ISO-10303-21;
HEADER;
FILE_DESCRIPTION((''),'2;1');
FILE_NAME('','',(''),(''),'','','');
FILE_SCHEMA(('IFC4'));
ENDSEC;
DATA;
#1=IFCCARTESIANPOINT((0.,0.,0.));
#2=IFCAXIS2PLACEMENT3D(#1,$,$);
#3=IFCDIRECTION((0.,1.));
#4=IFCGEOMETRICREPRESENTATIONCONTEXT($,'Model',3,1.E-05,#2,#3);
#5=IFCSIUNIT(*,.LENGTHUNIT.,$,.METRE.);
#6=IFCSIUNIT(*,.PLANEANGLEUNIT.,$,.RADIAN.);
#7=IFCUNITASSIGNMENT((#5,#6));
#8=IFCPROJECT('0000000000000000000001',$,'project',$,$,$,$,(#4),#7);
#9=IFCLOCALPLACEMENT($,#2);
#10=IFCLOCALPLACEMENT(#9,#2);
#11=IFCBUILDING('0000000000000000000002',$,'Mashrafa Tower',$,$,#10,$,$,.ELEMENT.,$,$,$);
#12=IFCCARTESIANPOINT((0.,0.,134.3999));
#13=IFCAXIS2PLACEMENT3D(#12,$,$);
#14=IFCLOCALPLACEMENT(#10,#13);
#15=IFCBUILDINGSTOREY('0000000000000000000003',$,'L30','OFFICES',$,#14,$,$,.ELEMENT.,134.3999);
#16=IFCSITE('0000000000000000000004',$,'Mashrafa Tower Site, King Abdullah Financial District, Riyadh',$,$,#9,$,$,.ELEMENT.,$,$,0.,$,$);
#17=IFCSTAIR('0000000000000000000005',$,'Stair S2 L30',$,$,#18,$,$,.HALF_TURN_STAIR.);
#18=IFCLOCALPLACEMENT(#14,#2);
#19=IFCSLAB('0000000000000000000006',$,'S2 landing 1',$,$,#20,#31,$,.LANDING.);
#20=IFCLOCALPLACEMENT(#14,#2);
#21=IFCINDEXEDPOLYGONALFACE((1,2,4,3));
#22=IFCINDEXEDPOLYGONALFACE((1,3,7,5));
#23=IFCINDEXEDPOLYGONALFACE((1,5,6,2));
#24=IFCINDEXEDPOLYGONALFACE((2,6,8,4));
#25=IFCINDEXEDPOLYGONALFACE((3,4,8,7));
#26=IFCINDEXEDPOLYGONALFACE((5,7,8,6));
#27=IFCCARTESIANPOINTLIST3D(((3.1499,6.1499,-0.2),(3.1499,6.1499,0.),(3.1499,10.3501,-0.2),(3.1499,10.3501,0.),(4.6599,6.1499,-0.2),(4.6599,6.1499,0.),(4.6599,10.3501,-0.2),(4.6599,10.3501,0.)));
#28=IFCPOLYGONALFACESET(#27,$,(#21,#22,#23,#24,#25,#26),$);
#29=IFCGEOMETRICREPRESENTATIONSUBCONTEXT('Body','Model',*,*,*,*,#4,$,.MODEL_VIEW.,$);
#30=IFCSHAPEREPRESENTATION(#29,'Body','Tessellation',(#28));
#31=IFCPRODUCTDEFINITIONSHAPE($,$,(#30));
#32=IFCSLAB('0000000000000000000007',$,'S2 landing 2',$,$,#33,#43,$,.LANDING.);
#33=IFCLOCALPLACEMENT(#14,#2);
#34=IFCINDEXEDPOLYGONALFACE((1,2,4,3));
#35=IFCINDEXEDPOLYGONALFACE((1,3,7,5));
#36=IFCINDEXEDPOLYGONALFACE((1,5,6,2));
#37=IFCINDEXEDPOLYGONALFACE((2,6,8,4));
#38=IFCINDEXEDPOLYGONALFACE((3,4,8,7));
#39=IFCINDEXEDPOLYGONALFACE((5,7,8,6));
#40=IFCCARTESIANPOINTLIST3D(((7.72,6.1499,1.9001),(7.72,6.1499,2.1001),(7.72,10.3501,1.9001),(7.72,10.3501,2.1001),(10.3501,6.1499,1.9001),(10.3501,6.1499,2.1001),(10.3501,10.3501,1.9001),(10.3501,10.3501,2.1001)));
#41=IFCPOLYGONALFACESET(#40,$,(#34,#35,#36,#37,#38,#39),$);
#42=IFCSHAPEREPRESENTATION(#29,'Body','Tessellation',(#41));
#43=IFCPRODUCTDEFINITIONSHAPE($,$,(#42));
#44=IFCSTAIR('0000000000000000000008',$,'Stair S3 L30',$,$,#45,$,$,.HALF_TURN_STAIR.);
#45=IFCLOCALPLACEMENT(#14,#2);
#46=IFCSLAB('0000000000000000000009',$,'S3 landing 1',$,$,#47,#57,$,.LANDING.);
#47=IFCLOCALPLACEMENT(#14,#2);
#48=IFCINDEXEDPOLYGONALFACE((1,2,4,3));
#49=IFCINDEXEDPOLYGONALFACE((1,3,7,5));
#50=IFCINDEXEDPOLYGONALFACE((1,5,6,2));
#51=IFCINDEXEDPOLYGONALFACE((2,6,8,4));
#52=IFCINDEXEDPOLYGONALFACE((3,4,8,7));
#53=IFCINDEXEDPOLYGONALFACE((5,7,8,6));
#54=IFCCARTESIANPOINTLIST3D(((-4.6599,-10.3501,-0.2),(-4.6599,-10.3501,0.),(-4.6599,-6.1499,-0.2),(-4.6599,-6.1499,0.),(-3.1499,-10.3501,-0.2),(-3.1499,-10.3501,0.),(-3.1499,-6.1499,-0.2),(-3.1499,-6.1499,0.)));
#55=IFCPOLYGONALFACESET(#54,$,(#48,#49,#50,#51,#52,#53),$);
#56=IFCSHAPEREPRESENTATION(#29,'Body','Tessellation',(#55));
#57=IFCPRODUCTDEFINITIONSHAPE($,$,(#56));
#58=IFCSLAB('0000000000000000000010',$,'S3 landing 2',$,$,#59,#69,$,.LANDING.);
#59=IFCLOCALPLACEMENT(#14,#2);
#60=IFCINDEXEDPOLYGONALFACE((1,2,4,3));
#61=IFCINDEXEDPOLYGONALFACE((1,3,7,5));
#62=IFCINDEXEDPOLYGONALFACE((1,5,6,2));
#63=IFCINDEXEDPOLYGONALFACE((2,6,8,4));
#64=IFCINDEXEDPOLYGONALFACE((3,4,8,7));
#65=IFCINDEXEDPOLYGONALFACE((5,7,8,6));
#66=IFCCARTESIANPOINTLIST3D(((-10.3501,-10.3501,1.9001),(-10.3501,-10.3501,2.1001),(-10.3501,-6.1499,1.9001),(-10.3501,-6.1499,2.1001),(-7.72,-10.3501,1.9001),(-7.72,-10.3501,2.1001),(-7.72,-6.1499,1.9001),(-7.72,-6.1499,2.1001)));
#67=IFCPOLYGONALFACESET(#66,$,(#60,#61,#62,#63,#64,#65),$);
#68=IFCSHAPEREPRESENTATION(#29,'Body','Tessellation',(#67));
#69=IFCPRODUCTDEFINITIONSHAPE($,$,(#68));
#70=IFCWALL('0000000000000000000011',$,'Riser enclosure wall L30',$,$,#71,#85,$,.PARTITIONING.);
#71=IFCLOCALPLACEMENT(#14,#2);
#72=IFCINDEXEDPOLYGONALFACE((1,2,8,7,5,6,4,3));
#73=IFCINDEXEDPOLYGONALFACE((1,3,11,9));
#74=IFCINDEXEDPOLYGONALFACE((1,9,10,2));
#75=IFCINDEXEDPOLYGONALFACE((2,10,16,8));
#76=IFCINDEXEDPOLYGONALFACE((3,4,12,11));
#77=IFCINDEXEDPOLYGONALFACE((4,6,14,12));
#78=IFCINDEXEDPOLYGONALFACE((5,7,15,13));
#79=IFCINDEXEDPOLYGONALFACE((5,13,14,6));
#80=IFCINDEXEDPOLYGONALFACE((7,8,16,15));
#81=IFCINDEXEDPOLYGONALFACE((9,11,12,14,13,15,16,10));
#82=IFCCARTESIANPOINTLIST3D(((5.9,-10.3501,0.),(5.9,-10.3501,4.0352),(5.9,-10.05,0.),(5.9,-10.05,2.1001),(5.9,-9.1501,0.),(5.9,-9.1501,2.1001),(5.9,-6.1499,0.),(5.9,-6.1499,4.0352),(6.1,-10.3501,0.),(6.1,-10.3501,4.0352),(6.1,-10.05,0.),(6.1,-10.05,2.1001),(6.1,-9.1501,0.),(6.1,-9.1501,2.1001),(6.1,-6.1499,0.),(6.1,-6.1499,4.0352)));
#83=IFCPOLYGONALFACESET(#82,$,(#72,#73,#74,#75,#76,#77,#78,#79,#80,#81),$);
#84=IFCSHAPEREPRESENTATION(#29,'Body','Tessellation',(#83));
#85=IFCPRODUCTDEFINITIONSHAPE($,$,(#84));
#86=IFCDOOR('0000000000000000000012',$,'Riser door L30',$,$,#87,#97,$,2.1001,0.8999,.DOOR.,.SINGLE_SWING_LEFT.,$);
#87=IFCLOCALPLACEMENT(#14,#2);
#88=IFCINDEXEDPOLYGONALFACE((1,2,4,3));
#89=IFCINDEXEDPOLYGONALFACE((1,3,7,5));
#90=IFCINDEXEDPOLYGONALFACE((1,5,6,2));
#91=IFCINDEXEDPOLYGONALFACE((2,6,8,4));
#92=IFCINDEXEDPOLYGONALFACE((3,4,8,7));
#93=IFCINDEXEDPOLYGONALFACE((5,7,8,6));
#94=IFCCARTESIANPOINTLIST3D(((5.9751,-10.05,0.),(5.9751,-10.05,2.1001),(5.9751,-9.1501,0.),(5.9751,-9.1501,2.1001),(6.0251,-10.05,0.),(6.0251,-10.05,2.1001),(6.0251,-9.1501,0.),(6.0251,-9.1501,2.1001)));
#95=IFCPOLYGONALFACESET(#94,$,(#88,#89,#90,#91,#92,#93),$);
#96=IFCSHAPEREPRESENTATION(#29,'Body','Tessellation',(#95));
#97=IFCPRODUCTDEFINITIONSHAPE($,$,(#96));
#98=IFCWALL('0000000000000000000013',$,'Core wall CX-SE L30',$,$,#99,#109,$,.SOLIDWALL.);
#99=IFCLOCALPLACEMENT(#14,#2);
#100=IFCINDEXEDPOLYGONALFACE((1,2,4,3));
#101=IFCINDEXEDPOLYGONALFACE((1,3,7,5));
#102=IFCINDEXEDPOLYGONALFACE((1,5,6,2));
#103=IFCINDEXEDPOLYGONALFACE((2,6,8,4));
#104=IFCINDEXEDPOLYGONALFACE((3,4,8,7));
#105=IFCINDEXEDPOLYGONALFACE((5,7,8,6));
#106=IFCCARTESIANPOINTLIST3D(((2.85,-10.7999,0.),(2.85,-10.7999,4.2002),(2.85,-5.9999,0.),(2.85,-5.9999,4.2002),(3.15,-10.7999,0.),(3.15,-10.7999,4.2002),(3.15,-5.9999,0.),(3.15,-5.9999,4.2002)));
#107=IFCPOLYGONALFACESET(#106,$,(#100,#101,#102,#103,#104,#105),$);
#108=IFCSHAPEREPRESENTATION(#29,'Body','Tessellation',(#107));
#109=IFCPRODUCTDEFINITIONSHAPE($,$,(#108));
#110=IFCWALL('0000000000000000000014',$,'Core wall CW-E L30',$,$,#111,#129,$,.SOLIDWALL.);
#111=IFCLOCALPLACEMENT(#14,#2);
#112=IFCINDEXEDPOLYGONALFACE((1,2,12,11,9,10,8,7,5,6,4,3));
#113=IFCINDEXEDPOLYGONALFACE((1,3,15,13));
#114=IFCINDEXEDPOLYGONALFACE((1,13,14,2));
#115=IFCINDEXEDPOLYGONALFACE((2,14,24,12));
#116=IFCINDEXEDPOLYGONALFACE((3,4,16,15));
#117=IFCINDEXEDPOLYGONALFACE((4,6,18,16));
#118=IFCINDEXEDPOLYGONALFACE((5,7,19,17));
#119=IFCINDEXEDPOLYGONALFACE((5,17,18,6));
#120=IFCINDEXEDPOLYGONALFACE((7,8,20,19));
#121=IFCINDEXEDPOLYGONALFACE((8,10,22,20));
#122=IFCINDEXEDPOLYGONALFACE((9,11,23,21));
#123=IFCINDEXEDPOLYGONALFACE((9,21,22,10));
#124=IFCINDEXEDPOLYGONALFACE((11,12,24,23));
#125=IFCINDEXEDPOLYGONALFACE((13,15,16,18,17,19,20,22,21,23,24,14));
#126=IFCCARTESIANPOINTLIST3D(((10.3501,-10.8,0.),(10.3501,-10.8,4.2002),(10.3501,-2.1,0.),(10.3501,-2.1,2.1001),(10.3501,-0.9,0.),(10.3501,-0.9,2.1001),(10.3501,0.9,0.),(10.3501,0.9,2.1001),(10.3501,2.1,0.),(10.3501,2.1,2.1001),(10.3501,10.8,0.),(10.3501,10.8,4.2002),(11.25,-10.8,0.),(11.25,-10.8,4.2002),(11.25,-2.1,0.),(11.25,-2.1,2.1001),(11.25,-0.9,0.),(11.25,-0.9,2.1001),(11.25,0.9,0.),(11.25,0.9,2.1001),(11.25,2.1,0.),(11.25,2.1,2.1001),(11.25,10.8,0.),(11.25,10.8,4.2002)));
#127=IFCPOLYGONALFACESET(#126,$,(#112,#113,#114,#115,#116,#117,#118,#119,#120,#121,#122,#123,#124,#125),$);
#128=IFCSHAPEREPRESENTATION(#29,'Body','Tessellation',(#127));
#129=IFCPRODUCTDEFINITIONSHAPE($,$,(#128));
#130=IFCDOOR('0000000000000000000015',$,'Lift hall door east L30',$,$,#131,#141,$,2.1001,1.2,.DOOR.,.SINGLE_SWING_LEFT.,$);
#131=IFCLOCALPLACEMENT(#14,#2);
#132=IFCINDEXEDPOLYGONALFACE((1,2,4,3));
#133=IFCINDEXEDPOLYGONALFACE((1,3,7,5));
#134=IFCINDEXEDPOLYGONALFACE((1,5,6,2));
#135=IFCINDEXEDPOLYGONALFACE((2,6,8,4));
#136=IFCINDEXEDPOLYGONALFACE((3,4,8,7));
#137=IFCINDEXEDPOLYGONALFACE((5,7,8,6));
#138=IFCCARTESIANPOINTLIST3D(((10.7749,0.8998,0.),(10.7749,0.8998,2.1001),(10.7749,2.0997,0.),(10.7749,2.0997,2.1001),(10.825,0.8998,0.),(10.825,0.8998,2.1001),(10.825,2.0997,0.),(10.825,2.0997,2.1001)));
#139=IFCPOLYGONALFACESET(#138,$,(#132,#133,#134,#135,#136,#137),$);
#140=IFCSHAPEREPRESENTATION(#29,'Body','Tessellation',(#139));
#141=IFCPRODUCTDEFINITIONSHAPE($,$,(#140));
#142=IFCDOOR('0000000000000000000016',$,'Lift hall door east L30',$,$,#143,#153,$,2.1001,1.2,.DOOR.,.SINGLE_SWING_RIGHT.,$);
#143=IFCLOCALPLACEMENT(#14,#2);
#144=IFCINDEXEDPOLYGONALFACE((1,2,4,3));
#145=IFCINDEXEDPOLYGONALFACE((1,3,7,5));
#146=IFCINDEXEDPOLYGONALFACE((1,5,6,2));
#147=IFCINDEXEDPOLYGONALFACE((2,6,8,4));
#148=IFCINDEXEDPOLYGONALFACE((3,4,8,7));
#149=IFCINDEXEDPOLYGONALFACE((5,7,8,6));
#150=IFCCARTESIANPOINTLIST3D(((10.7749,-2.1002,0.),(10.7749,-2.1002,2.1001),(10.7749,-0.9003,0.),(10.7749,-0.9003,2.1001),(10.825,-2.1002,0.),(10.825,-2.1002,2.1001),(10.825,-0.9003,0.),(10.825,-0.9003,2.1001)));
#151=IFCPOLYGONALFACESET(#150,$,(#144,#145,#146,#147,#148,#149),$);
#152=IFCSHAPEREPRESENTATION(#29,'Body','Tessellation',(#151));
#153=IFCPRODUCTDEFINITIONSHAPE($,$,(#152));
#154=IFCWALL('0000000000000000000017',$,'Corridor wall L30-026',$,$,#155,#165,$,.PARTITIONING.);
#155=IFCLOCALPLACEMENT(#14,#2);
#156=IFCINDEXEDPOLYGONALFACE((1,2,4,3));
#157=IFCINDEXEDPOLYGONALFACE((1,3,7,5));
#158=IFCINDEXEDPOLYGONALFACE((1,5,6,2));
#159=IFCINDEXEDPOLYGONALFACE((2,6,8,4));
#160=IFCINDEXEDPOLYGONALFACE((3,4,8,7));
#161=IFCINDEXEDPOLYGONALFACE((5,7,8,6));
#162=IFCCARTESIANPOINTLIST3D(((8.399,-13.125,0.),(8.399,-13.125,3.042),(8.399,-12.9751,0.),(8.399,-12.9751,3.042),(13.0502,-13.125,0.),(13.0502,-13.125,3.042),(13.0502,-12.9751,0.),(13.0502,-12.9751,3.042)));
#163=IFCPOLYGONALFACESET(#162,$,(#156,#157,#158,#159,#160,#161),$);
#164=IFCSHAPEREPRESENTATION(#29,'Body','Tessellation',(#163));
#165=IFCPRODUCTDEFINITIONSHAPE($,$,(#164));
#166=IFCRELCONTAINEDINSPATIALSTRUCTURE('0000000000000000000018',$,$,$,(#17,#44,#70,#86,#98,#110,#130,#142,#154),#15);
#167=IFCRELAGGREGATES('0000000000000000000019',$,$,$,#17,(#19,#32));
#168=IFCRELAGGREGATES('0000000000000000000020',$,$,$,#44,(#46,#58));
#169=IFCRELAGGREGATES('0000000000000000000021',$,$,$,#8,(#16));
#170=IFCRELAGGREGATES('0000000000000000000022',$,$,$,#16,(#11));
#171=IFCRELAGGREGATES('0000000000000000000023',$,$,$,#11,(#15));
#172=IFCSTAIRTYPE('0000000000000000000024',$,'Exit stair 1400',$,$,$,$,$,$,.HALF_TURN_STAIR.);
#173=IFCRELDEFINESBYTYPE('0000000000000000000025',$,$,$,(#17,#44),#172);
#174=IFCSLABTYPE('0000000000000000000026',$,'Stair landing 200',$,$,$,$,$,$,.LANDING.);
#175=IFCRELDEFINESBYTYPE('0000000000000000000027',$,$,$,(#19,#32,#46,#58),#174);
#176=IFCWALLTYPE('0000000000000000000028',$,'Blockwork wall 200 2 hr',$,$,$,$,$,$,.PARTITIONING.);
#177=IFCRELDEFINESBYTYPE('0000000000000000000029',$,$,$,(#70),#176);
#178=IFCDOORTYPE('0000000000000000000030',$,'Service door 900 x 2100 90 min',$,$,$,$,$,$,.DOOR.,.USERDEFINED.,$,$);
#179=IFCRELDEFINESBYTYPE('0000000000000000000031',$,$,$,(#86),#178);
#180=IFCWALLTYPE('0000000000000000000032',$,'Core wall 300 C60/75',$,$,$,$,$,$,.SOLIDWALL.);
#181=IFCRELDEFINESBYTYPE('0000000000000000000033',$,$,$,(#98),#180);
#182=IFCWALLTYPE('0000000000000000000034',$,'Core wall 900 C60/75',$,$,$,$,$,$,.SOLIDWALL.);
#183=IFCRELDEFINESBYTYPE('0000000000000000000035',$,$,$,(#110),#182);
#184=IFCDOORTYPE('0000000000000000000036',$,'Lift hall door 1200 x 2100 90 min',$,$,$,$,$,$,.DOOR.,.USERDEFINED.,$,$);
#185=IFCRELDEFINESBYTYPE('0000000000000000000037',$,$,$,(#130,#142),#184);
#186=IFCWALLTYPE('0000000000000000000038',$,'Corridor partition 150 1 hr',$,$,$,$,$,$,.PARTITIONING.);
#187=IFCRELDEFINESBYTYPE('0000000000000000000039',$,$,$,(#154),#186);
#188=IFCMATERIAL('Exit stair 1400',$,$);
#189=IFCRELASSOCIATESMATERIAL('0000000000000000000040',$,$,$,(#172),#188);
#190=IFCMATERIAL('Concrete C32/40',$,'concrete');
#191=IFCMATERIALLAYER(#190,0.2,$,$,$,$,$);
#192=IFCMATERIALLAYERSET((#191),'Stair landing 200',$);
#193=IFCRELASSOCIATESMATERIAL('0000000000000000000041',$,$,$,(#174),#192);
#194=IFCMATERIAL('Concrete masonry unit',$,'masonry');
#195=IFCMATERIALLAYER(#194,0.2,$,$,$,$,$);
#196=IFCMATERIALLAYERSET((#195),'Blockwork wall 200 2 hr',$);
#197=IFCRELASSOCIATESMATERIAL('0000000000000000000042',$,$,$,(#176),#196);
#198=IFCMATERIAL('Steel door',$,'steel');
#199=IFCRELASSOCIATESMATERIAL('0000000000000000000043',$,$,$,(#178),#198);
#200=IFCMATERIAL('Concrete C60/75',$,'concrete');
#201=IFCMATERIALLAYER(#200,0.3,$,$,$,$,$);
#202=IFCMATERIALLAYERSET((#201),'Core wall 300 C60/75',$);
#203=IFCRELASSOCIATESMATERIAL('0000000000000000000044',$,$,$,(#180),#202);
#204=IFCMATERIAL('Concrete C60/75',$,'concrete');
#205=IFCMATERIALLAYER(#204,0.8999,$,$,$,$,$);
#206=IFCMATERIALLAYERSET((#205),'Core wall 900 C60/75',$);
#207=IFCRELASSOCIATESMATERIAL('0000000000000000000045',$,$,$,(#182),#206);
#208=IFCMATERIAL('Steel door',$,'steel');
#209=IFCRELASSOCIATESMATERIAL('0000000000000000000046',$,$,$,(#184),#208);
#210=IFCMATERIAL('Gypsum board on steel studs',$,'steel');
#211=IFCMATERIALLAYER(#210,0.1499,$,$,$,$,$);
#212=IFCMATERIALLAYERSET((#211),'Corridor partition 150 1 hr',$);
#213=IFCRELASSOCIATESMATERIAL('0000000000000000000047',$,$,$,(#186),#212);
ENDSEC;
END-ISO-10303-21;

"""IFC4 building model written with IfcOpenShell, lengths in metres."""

from ifc_helpers import new_model, si_unit, direction, frame, frame_2d, origin, place, context, subcontext, project, spatial, polyline, rectangle, outline, extrude, material, layer, layer_set, type_object, element, fill, aggregate, save


model = new_model("IFC4")

# Units and contexts
model_context = context("Model", 3, precision=1e-05, world=origin(), true_north=direction((0.0, 1.0)))
body_context = subcontext(model_context, "Body", "Model", "MODEL_VIEW")
ifc_project = project(units=[si_unit("LENGTHUNIT", "METRE"), si_unit("PLANEANGLEUNIT", "RADIAN")], contexts=[model_context])

# Site, building, storey
site_placement = place(None, origin())
site = spatial("IfcSite", under=ifc_project, at=site_placement, Name="Mashrafa Tower Site, King Abdullah Financial District, Riyadh", CompositionType="ELEMENT", RefElevation=0.0)
building_placement = place(site_placement, origin())
building = spatial("IfcBuilding", under=site, at=building_placement, Name="Mashrafa Tower", CompositionType="ELEMENT")
storey_placement = place(building_placement, frame((0.0, 0.0, 134.3999)))
storey = spatial("IfcBuildingStorey", under=building, at=storey_placement, Name="L30", Description="OFFICES", CompositionType="ELEMENT", Elevation=134.3999)

# Stairs, slabs
ifc_material_1 = material(Name="Exit stair 1400")
stair_type = type_object("IfcStairType", Name="Exit stair 1400", PredefinedType="HALF_TURN_STAIR", material=ifc_material_1)
ifc_material_2 = material(Name="Concrete C32/40", Category="concrete")
ifc_layer_1 = layer(ifc_material_2, 0.2)
ifc_layer_set_1 = layer_set([ifc_layer_1], Name="Stair landing 200")
slab_type = type_object("IfcSlabType", Name="Stair landing 200", PredefinedType="LANDING", material=ifc_layer_set_1)
stair_1_placement = place(storey_placement, origin())
stair_1 = element("IfcStair", 1, at=stair_1_placement, inside=storey, type_object=stair_type, Name="Stair S2 L30", PredefinedType="HALF_TURN_STAIR")
slab_1_placement = place(storey_placement, frame((0.0, 0.0, -0.2)))
slab_1 = element("IfcSlab", 2, at=slab_1_placement, type_object=slab_type, Name="S2 landing 1", PredefinedType="LANDING", context=body_context, shape_type="SweptSolid", body=[
    extrude(outline(polyline([(3.1499, 6.1499), (4.6599, 6.1499), (4.6599, 10.3501), (3.1499, 10.3501), (3.1499, 6.1499)])), origin(), (0.0, 0.0, 1.0), 0.2),
])
slab_2_placement = place(storey_placement, frame((0.0, 0.0, 1.9001)))
slab_2 = element("IfcSlab", 3, at=slab_2_placement, type_object=slab_type, Name="S2 landing 2", PredefinedType="LANDING", context=body_context, shape_type="SweptSolid", body=[
    extrude(outline(polyline([(7.72, 6.1499), (10.3501, 6.1499), (10.3501, 10.3501), (7.72, 10.3501), (7.72, 6.1499)])), origin(), (0.0, 0.0, 1.0), 0.2),
])
aggregate(stair_1, [slab_1, slab_2])
stair_2_placement = place(storey_placement, origin())
stair_2 = element("IfcStair", 4, at=stair_2_placement, inside=storey, type_object=stair_type, Name="Stair S3 L30", PredefinedType="HALF_TURN_STAIR")
slab_3_placement = place(storey_placement, frame((0.0, 0.0, -0.2)))
slab_3 = element("IfcSlab", 5, at=slab_3_placement, type_object=slab_type, Name="S3 landing 1", PredefinedType="LANDING", context=body_context, shape_type="SweptSolid", body=[
    extrude(outline(polyline([(-4.6599, -10.3501), (-3.1499, -10.3501), (-3.1499, -6.1499), (-4.6599, -6.1499), (-4.6599, -10.3501)])), origin(), (0.0, 0.0, 1.0), 0.2),
])
slab_4_placement = place(storey_placement, frame((0.0, 0.0, 1.9001)))
slab_4 = element("IfcSlab", 6, at=slab_4_placement, type_object=slab_type, Name="S3 landing 2", PredefinedType="LANDING", context=body_context, shape_type="SweptSolid", body=[
    extrude(outline(polyline([(-10.3501, -10.3501), (-7.72, -10.3501), (-7.72, -6.1499), (-10.3501, -6.1499), (-10.3501, -10.3501)])), origin(), (0.0, 0.0, 1.0), 0.2),
])
aggregate(stair_2, [slab_3, slab_4])

# Wall, opening, door
ifc_material_3 = material(Name="Concrete masonry unit", Category="masonry")
ifc_layer_2 = layer(ifc_material_3, 0.2)
ifc_layer_set_2 = layer_set([ifc_layer_2], Name="Blockwork wall 200 2 hr")
wall_type_1 = type_object("IfcWallType", Name="Blockwork wall 200 2 hr", PredefinedType="PARTITIONING", material=ifc_layer_set_2)
wall_1_placement = place(storey_placement, frame((6.0, -10.3501, 0.0), z_axis=(0.0, 0.0, 1.0), x_axis=(0.0, 1.0, 0.0)))
wall_1 = element("IfcWall", 7, at=wall_1_placement, inside=storey, type_object=wall_type_1, Name="Riser enclosure wall L30", PredefinedType="PARTITIONING", context=body_context, shape_type="SweptSolid", body=[
    extrude(rectangle(XDim=4.2002, YDim=0.2, at=frame_2d((2.1001, 0.0))), origin(), (0.0, 0.0, 1.0), 4.0352),
])
opening_1_placement = place(wall_1_placement, frame((0.3, 0.0, 0.0)))
opening_1 = element("IfcOpeningElement", 8, at=opening_1_placement, cuts=wall_1, PredefinedType="OPENING", context=body_context, shape_type="SweptSolid", body=[
    extrude(rectangle(XDim=0.8999, YDim=2.1001, at=frame_2d((0.45, 1.05))), frame((0.0, 0.1099, 0.0), z_axis=(0.0, -1.0, 0.0), x_axis=(1.0, 0.0, 0.0)), (0.0, 0.0, 1.0), 0.22),
])
ifc_material_4 = material(Name="Steel door", Category="steel")
door_type_1 = type_object("IfcDoorType", Name="Service door 900 x 2100 90 min", OperationType="USERDEFINED", PredefinedType="DOOR", material=ifc_material_4)
door_1_placement = place(opening_1_placement, origin())
door_1 = element("IfcDoor", 9, at=door_1_placement, inside=storey, type_object=door_type_1, Name="Riser door L30", OperationType="SINGLE_SWING_LEFT", OverallHeight=2.1001, OverallWidth=0.8999, PredefinedType="DOOR", context=body_context, shape_type="SweptSolid", body=[
    extrude(rectangle(XDim=0.8999, YDim=2.1001, at=frame_2d((0.45, 1.05))), frame((0.0, 0.0249, 0.0), z_axis=(0.0, -1.0, 0.0), x_axis=(1.0, 0.0, 0.0)), (0.0, 0.0, 1.0), 0.05),
])
fill(opening_1, door_1)

# Wall
ifc_material_5 = material(Name="Concrete C60/75", Category="concrete")
ifc_layer_3 = layer(ifc_material_5, 0.3)
ifc_layer_set_3 = layer_set([ifc_layer_3], Name="Core wall 300 C60/75")
wall_type_2 = type_object("IfcWallType", Name="Core wall 300 C60/75", PredefinedType="SOLIDWALL", material=ifc_layer_set_3)
wall_2_placement = place(storey_placement, frame((3.0, -6.0, 0.0), z_axis=(0.0, 0.0, 1.0), x_axis=(0.0, -1.0, 0.0)))
element("IfcWall", 10, at=wall_2_placement, inside=storey, type_object=wall_type_2, Name="Core wall CX-SE L30", PredefinedType="SOLIDWALL", context=body_context, shape_type="SweptSolid", body=[
    extrude(rectangle(XDim=4.8, YDim=0.3, at=frame_2d((2.3999, 0.0))), origin(), (0.0, 0.0, 1.0), 4.2002),
])

# Wall, openings, doors
ifc_material_6 = material(Name="Concrete C60/75", Category="concrete")
ifc_layer_4 = layer(ifc_material_6, 0.8999)
ifc_layer_set_4 = layer_set([ifc_layer_4], Name="Core wall 900 C60/75")
wall_type_3 = type_object("IfcWallType", Name="Core wall 900 C60/75", PredefinedType="SOLIDWALL", material=ifc_layer_set_4)
wall_3_placement = place(storey_placement, frame((10.8, -10.8, 0.0), z_axis=(0.0, 0.0, 1.0), x_axis=(0.0, 1.0, 0.0)))
wall_3 = element("IfcWall", 11, at=wall_3_placement, inside=storey, type_object=wall_type_3, Name="Core wall CW-E L30", PredefinedType="SOLIDWALL", context=body_context, shape_type="SweptSolid", body=[
    extrude(rectangle(XDim=21.6001, YDim=0.8999, at=frame_2d((10.8, 0.0))), origin(), (0.0, 0.0, 1.0), 4.2002),
])
opening_2_placement = place(wall_3_placement, frame((11.7, 0.0, 0.0)))
opening_2 = element("IfcOpeningElement", 12, at=opening_2_placement, cuts=wall_3, PredefinedType="OPENING", context=body_context, shape_type="SweptSolid", body=[
    extrude(rectangle(XDim=1.2, YDim=2.1001, at=frame_2d((0.6001, 1.05))), frame((0.0, 0.46, 0.0), z_axis=(0.0, -1.0, 0.0), x_axis=(1.0, 0.0, 0.0)), (0.0, 0.0, 1.0), 0.9199),
])
opening_3_placement = place(wall_3_placement, frame((8.7, 0.0, 0.0)))
opening_3 = element("IfcOpeningElement", 13, at=opening_3_placement, cuts=wall_3, PredefinedType="OPENING", context=body_context, shape_type="SweptSolid", body=[
    extrude(rectangle(XDim=1.2, YDim=2.1001, at=frame_2d((0.6001, 1.05))), frame((0.0, 0.46, 0.0), z_axis=(0.0, -1.0, 0.0), x_axis=(1.0, 0.0, 0.0)), (0.0, 0.0, 1.0), 0.9199),
])
ifc_material_7 = material(Name="Steel door", Category="steel")
door_type_2 = type_object("IfcDoorType", Name="Lift hall door 1200 x 2100 90 min", OperationType="USERDEFINED", PredefinedType="DOOR", material=ifc_material_7)
door_2_placement = place(opening_2_placement, frame((1.2, 0.0, 0.0), z_axis=(0.0, 0.0, 1.0), x_axis=(-1.0, 0.0, 0.0)))
door_2 = element("IfcDoor", 14, at=door_2_placement, inside=storey, type_object=door_type_2, Name="Lift hall door east L30", OperationType="SINGLE_SWING_LEFT", OverallHeight=2.1001, OverallWidth=1.2, PredefinedType="DOOR", context=body_context, shape_type="SweptSolid", body=[
    extrude(rectangle(XDim=1.2, YDim=2.1001, at=frame_2d((0.6001, 1.05))), frame((0.0, 0.0249, 0.0), z_axis=(0.0, -1.0, 0.0), x_axis=(1.0, 0.0, 0.0)), (0.0, 0.0, 1.0), 0.05),
])
fill(opening_2, door_2)
door_3_placement = place(opening_3_placement, frame((1.2, 0.0, 0.0), z_axis=(0.0, 0.0, 1.0), x_axis=(-1.0, 0.0, 0.0)))
door_3 = element("IfcDoor", 15, at=door_3_placement, inside=storey, type_object=door_type_2, Name="Lift hall door east L30", OperationType="SINGLE_SWING_RIGHT", OverallHeight=2.1001, OverallWidth=1.2, PredefinedType="DOOR", context=body_context, shape_type="SweptSolid", body=[
    extrude(rectangle(XDim=1.2, YDim=2.1001, at=frame_2d((0.6001, 1.05))), frame((0.0, 0.0249, 0.0), z_axis=(0.0, -1.0, 0.0), x_axis=(1.0, 0.0, 0.0)), (0.0, 0.0, 1.0), 0.05),
])
fill(opening_3, door_3)

# Wall
ifc_material_8 = material(Name="Gypsum board on steel studs", Category="steel")
ifc_layer_5 = layer(ifc_material_8, 0.1499)
ifc_layer_set_5 = layer_set([ifc_layer_5], Name="Corridor partition 150 1 hr")
wall_type_4 = type_object("IfcWallType", Name="Corridor partition 150 1 hr", PredefinedType="PARTITIONING", material=ifc_layer_set_5)
wall_4_placement = place(storey_placement, frame((8.3989, -13.05, 0.0), z_axis=(0.0, 0.0, 1.0), x_axis=(1.0, 0.0, 0.0)))
element("IfcWall", 16, at=wall_4_placement, inside=storey, type_object=wall_type_4, Name="Corridor wall L30-026", PredefinedType="PARTITIONING", context=body_context, shape_type="SweptSolid", body=[
    extrude(rectangle(XDim=4.6511, YDim=0.1499, at=frame_2d((2.3257, 0.0))), origin(), (0.0, 0.0, 1.0), 3.042),
])

save(model, "model.ifc")
